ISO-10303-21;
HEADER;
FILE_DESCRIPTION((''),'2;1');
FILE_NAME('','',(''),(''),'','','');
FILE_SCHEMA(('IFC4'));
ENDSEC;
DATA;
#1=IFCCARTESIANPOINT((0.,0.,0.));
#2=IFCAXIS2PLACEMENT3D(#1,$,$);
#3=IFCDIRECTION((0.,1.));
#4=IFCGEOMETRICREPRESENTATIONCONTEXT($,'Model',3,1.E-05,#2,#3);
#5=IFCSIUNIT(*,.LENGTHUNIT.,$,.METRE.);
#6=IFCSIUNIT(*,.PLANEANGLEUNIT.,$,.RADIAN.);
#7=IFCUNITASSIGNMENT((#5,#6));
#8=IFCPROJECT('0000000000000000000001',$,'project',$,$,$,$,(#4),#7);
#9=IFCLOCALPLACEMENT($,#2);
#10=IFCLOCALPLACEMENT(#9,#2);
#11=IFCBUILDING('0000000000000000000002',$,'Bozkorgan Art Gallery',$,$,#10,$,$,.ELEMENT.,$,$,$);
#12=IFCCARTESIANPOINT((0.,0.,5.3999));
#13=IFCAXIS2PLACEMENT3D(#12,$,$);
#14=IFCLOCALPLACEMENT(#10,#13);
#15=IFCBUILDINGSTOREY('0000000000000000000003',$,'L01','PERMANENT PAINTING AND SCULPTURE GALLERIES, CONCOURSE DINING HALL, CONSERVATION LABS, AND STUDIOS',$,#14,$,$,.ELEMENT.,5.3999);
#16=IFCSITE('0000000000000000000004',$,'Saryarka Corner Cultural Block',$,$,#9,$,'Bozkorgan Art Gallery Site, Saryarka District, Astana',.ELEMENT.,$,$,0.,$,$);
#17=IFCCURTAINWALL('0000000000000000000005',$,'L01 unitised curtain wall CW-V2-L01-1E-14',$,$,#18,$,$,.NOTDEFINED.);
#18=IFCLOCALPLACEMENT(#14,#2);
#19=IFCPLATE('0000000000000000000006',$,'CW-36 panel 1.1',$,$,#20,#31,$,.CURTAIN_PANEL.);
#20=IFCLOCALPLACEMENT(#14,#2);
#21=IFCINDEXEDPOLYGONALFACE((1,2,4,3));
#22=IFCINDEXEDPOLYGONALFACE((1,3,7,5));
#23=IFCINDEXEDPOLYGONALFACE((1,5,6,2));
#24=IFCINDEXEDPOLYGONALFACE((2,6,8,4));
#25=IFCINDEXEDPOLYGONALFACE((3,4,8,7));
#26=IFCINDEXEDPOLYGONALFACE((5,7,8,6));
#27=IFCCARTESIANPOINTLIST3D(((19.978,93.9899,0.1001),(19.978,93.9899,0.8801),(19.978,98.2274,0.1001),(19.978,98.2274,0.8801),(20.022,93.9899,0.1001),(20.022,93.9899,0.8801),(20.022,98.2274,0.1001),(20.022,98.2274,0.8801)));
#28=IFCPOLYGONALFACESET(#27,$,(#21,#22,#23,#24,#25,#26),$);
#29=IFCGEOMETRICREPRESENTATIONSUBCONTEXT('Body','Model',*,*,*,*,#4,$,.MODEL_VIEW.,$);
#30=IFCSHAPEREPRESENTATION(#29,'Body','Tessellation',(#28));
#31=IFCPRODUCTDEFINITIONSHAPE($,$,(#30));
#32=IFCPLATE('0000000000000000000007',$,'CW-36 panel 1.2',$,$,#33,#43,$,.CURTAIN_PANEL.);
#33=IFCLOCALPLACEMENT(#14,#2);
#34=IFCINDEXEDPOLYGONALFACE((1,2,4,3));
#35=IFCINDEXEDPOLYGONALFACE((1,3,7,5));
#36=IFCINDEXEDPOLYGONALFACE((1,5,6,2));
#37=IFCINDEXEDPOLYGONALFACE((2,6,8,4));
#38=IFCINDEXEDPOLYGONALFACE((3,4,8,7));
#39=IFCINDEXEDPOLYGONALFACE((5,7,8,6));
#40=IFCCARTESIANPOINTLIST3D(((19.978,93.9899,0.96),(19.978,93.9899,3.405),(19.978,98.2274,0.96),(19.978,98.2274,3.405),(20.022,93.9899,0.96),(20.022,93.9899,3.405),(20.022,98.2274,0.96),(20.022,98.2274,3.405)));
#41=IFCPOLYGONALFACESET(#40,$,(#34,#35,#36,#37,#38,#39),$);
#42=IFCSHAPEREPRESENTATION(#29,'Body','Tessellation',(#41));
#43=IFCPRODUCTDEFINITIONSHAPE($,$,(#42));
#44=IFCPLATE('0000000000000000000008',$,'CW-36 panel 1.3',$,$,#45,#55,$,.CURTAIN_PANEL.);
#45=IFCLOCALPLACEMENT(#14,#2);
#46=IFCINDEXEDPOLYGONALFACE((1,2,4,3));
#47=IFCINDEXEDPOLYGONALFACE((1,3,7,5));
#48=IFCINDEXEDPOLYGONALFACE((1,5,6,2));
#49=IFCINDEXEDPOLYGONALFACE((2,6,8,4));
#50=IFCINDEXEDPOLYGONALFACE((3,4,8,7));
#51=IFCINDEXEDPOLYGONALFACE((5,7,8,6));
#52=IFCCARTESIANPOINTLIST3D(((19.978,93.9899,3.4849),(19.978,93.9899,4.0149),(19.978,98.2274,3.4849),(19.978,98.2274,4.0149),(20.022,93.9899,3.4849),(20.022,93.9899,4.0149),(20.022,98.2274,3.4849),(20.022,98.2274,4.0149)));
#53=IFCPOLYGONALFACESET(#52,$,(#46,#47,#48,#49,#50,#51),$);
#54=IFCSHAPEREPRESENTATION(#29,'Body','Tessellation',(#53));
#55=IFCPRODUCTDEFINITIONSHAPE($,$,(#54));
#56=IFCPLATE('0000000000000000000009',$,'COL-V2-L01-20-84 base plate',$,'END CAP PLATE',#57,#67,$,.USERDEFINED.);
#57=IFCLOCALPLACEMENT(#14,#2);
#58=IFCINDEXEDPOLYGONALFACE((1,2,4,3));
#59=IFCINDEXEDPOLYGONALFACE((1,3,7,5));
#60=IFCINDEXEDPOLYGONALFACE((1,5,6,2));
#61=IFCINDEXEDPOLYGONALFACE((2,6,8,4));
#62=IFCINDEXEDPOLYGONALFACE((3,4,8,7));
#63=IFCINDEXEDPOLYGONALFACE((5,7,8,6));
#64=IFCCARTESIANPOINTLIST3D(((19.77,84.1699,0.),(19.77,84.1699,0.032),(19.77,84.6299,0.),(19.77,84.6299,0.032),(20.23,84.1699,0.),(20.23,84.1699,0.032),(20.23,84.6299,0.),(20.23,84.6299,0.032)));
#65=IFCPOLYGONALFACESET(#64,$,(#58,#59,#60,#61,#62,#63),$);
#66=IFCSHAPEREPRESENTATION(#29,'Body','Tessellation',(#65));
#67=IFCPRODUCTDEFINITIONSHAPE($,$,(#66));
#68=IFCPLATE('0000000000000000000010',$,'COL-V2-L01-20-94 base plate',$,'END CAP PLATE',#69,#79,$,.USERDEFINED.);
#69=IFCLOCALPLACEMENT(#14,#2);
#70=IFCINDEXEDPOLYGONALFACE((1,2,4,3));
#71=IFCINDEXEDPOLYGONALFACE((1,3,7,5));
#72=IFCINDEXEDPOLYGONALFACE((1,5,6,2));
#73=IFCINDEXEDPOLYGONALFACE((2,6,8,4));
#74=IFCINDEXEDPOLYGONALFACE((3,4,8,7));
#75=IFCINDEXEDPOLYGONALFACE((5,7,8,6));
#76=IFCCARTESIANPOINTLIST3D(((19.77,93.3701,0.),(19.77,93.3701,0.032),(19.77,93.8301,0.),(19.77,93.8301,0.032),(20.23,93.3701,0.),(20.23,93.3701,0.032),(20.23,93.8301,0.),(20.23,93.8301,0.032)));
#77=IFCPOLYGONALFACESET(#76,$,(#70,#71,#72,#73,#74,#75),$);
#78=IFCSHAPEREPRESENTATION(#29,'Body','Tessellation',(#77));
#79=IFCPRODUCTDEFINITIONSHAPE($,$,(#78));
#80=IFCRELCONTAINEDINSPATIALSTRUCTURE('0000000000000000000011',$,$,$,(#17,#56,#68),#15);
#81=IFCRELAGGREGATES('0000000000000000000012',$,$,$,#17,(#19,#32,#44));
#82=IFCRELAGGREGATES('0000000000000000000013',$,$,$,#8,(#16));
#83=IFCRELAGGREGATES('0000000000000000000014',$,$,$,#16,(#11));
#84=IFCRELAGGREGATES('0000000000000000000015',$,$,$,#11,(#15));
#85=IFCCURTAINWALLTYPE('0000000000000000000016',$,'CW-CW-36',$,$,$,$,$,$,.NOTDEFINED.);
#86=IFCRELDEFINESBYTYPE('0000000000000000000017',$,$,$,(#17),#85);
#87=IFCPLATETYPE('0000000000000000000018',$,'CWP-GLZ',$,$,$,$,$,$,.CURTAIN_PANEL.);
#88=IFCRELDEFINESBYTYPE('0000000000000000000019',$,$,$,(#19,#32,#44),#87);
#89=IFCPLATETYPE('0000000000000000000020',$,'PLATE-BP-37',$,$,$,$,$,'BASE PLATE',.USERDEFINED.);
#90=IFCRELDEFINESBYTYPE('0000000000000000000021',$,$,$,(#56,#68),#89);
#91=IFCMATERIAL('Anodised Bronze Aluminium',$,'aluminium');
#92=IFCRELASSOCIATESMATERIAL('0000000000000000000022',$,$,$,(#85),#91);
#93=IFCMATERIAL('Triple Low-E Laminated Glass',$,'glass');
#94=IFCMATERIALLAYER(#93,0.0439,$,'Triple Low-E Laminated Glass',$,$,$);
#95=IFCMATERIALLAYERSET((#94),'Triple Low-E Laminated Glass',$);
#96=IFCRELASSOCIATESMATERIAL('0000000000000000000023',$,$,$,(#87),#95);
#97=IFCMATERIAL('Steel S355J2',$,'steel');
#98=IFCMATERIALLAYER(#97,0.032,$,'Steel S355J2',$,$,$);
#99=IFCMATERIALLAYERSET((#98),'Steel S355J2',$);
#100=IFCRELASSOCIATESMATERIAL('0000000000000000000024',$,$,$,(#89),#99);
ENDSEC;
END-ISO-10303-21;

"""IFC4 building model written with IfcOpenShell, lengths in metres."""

from ifc_helpers import new_model, si_unit, direction, frame, origin, origin_2d, place, context, subcontext, project, spatial, rectangle, extrude, material, layer, layer_set, type_object, element, aggregate, save


model = new_model("IFC4")

# Units and contexts
model_context = context("Model", 3, precision=1e-05, world=origin(), true_north=direction((0.0, 1.0)))
body_context = subcontext(model_context, "Body", "Model", "MODEL_VIEW")
ifc_project = project(units=[si_unit("LENGTHUNIT", "METRE"), si_unit("PLANEANGLEUNIT", "RADIAN")], contexts=[model_context])

# Site, building, storey
site_placement = place(None, origin())
site = spatial("IfcSite", under=ifc_project, at=site_placement, Name="Saryarka Corner Cultural Block", LongName="Bozkorgan Art Gallery Site, Saryarka District, Astana", CompositionType="ELEMENT", RefElevation=0.0)
building_placement = place(site_placement, origin())
building = spatial("IfcBuilding", under=site, at=building_placement, Name="Bozkorgan Art Gallery", CompositionType="ELEMENT")
storey_placement = place(building_placement, frame((0.0, 0.0, 5.3999)))
storey = spatial("IfcBuildingStorey", under=building, at=storey_placement, Name="L01", Description="PERMANENT PAINTING AND SCULPTURE GALLERIES, CONCOURSE DINING HALL, CONSERVATION LABS, AND STUDIOS", CompositionType="ELEMENT", Elevation=5.3999)

# Shared definitions
ifc_material_1 = material(Name="Steel S355J2", Category="steel")

# Shared definitions
ifc_material_2 = material(Name="Anodised Bronze Aluminium", Category="aluminium")

# Curtain wall
curtain_wall_type_1 = type_object("IfcCurtainWallType", Name="CW-CW-36", PredefinedType="NOTDEFINED", material=ifc_material_2)
curtain_wall_1_placement = place(storey_placement, origin())
curtain_wall_1 = element("IfcCurtainWall", 1, at=curtain_wall_1_placement, inside=storey, type_object=curtain_wall_type_1, Name="L01 unitised curtain wall CW-V2-L01-1E-14", PredefinedType="NOTDEFINED")

# Plates
ifc_material_3 = material(Name="Triple Low-E Laminated Glass", Category="glass")
ifc_layer_1 = layer(ifc_material_3, 0.0439, Name="Triple Low-E Laminated Glass")
ifc_layer_set_1 = layer_set([ifc_layer_1], Name="Triple Low-E Laminated Glass")
plate_type_1 = type_object("IfcPlateType", Name="CWP-GLZ", PredefinedType="CURTAIN_PANEL", material=ifc_layer_set_1)
plate_1_placement = place(storey_placement, frame((20.0, 96.1086, 0.1001), z_axis=(0.0, 0.0, 1.0), x_axis=(0.0, 1.0, 0.0)))
plate_1 = element("IfcPlate", 2, at=plate_1_placement, type_object=plate_type_1, Name="CW-36 panel 1.1", PredefinedType="CURTAIN_PANEL", context=body_context, shape_type="SweptSolid", body=[
    extrude(rectangle(XDim=4.2375, YDim=0.0439, at=origin_2d()), origin(), (0.0, 0.0, 1.0), 0.78),
])
plate_2_placement = place(storey_placement, frame((20.0, 96.1086, 0.96), z_axis=(0.0, 0.0, 1.0), x_axis=(0.0, 1.0, 0.0)))
plate_2 = element("IfcPlate", 3, at=plate_2_placement, type_object=plate_type_1, Name="CW-36 panel 1.2", PredefinedType="CURTAIN_PANEL", context=body_context, shape_type="SweptSolid", body=[
    extrude(rectangle(XDim=4.2375, YDim=0.0439, at=origin_2d()), origin(), (0.0, 0.0, 1.0), 2.4451),
])
plate_3_placement = place(storey_placement, frame((20.0, 96.1086, 3.4849), z_axis=(0.0, 0.0, 1.0), x_axis=(0.0, 1.0, 0.0)))
plate_3 = element("IfcPlate", 4, at=plate_3_placement, type_object=plate_type_1, Name="CW-36 panel 1.3", PredefinedType="CURTAIN_PANEL", context=body_context, shape_type="SweptSolid", body=[
    extrude(rectangle(XDim=4.2375, YDim=0.0439, at=origin_2d()), origin(), (0.0, 0.0, 1.0), 0.53),
])
aggregate(curtain_wall_1, [plate_1, plate_2, plate_3])

# Plates
ifc_layer_2 = layer(ifc_material_1, 0.032, Name="Steel S355J2")
ifc_layer_set_2 = layer_set([ifc_layer_2], Name="Steel S355J2")
plate_type_2 = type_object("IfcPlateType", Name="PLATE-BP-37", ElementType="BASE PLATE", PredefinedType="USERDEFINED", material=ifc_layer_set_2)
for number, where, z_axis, x_axis, name in (
    (5, (20.0, 84.3999, 0.0), (0.0, 0.0, 1.0), (1.0, 0.0, 0.0), "COL-V2-L01-20-84 base plate"),
    (6, (20.0, 93.6001, 0.0), (0.0, 0.0, 1.0), (1.0, 0.0, 0.0), "COL-V2-L01-20-94 base plate"),
):
    element("IfcPlate", number, at=place(storey_placement, frame(where, z_axis=z_axis, x_axis=x_axis)), inside=storey, type_object=plate_type_2, Name=name, ObjectType="END CAP PLATE", PredefinedType="USERDEFINED", context=body_context, shape_type="SweptSolid", body=[
        extrude(rectangle(XDim=0.46, YDim=0.46, at=origin_2d()), origin(), (0.0, 0.0, 1.0), 0.032),
    ])

save(model, "model.ifc")
